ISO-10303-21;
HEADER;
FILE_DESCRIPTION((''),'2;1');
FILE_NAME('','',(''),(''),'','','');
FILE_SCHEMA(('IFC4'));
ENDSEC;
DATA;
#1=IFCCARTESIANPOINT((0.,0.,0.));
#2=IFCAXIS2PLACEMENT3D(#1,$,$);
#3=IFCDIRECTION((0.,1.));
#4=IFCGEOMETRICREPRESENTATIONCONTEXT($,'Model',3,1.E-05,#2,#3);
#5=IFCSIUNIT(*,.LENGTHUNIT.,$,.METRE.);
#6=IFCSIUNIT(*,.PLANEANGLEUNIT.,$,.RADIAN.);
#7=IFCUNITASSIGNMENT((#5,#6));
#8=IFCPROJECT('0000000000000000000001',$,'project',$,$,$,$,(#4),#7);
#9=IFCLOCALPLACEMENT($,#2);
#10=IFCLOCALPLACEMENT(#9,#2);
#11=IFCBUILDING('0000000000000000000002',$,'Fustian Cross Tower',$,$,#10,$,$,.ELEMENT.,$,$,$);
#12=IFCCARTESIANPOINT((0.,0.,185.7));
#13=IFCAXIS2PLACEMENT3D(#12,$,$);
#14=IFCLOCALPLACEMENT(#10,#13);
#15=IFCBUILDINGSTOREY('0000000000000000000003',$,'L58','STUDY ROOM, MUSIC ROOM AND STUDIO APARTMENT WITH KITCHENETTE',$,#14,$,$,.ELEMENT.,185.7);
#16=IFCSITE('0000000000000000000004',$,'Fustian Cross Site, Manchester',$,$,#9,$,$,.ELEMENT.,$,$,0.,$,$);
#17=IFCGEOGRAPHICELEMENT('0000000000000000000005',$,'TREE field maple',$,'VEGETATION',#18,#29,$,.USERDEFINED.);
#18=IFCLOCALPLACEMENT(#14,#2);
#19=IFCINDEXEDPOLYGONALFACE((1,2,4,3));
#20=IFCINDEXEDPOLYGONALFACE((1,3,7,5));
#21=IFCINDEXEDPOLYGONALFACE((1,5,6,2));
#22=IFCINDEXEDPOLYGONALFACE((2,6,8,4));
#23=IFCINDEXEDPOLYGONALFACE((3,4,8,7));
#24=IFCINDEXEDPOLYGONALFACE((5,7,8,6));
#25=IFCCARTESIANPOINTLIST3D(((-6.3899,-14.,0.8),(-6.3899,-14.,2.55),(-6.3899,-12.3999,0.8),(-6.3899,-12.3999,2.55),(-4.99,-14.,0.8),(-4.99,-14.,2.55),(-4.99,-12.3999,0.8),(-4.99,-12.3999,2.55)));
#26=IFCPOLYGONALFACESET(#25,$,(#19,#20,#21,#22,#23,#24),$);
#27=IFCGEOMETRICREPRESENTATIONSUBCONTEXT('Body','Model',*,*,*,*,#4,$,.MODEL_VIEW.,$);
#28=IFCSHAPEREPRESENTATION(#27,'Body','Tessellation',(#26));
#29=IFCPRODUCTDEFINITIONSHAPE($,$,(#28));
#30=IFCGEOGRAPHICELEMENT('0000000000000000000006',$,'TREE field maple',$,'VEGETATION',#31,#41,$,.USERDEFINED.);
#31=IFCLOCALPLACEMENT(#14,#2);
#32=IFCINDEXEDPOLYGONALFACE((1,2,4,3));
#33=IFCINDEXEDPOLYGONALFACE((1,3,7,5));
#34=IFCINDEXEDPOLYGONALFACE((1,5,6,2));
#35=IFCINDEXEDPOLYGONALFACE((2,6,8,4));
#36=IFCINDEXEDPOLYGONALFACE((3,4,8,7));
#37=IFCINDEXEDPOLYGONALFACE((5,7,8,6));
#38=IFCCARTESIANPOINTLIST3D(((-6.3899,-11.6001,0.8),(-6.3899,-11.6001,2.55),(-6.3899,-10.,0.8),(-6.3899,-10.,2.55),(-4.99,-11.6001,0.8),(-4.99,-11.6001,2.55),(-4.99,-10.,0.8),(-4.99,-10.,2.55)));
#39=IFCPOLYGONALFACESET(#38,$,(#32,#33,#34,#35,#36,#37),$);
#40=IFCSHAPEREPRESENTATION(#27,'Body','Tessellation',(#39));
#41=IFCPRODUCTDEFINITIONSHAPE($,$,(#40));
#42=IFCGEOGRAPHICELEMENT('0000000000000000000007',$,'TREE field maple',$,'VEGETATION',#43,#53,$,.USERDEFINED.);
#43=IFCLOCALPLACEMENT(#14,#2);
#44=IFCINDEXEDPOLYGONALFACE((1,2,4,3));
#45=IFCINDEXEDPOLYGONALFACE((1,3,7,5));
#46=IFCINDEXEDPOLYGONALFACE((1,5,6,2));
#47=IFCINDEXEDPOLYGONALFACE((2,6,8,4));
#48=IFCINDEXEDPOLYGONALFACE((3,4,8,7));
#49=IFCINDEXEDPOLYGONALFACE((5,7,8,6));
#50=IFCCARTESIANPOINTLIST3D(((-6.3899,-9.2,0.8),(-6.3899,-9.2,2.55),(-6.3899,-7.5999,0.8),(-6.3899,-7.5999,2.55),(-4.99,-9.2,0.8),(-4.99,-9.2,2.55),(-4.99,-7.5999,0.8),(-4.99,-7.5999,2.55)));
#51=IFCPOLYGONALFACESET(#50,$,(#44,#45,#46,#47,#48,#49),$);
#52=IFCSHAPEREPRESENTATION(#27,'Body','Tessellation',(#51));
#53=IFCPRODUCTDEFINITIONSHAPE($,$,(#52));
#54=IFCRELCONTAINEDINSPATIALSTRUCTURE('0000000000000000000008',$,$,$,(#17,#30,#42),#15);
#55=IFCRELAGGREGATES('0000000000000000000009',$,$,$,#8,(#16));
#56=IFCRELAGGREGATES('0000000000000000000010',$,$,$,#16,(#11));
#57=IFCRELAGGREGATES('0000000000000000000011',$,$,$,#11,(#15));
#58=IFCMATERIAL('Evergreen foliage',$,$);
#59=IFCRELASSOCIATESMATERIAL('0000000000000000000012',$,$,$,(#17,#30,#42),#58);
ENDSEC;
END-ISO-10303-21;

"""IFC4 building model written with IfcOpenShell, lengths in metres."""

from ifc_helpers import new_model, si_unit, direction, frame, origin, origin_2d, place, context, subcontext, project, spatial, rectangle, extrude, material, element, save


model = new_model("IFC4")

# Units and contexts
model_context = context("Model", 3, precision=1e-05, world=origin(), true_north=direction((0.0, 1.0)))
body_context = subcontext(model_context, "Body", "Model", "MODEL_VIEW")
ifc_project = project(units=[si_unit("LENGTHUNIT", "METRE"), si_unit("PLANEANGLEUNIT", "RADIAN")], contexts=[model_context])

# Site, building, storey
site_placement = place(None, origin())
site = spatial("IfcSite", under=ifc_project, at=site_placement, Name="Fustian Cross Site, Manchester", CompositionType="ELEMENT", RefElevation=0.0)
building_placement = place(site_placement, origin())
building = spatial("IfcBuilding", under=site, at=building_placement, Name="Fustian Cross Tower", CompositionType="ELEMENT")
storey_placement = place(building_placement, frame((0.0, 0.0, 185.7)))
storey = spatial("IfcBuildingStorey", under=building, at=storey_placement, Name="L58", Description="STUDY ROOM, MUSIC ROOM AND STUDIO APARTMENT WITH KITCHENETTE", CompositionType="ELEMENT", Elevation=185.7)

# Geographic elements
ifc_material_1 = material(Name="Evergreen foliage")
for number, where, z_axis, x_axis, name in (
    (1, (-5.6899, -13.2, 0.8), (0.0, 0.0, 1.0), (1.0, 0.0, 0.0), "TREE field maple"),
    (2, (-5.6899, -10.8, 0.8), (0.0, 0.0, 1.0), (1.0, 0.0, 0.0), "TREE field maple"),
    (3, (-5.6899, -8.3999, 0.8), (0.0, 0.0, 1.0), (1.0, 0.0, 0.0), "TREE field maple"),
):
    element("IfcGeographicElement", number, at=place(storey_placement, frame(where, z_axis=z_axis, x_axis=x_axis)), inside=storey, material=ifc_material_1, Name=name, ObjectType="VEGETATION", PredefinedType="USERDEFINED", context=body_context, shape_type="SweptSolid", body=[
        extrude(rectangle(XDim=1.3999, YDim=1.6001, at=origin_2d()), origin(), (0.0, 0.0, 1.0), 1.75),
    ])

save(model, "model.ifc")
